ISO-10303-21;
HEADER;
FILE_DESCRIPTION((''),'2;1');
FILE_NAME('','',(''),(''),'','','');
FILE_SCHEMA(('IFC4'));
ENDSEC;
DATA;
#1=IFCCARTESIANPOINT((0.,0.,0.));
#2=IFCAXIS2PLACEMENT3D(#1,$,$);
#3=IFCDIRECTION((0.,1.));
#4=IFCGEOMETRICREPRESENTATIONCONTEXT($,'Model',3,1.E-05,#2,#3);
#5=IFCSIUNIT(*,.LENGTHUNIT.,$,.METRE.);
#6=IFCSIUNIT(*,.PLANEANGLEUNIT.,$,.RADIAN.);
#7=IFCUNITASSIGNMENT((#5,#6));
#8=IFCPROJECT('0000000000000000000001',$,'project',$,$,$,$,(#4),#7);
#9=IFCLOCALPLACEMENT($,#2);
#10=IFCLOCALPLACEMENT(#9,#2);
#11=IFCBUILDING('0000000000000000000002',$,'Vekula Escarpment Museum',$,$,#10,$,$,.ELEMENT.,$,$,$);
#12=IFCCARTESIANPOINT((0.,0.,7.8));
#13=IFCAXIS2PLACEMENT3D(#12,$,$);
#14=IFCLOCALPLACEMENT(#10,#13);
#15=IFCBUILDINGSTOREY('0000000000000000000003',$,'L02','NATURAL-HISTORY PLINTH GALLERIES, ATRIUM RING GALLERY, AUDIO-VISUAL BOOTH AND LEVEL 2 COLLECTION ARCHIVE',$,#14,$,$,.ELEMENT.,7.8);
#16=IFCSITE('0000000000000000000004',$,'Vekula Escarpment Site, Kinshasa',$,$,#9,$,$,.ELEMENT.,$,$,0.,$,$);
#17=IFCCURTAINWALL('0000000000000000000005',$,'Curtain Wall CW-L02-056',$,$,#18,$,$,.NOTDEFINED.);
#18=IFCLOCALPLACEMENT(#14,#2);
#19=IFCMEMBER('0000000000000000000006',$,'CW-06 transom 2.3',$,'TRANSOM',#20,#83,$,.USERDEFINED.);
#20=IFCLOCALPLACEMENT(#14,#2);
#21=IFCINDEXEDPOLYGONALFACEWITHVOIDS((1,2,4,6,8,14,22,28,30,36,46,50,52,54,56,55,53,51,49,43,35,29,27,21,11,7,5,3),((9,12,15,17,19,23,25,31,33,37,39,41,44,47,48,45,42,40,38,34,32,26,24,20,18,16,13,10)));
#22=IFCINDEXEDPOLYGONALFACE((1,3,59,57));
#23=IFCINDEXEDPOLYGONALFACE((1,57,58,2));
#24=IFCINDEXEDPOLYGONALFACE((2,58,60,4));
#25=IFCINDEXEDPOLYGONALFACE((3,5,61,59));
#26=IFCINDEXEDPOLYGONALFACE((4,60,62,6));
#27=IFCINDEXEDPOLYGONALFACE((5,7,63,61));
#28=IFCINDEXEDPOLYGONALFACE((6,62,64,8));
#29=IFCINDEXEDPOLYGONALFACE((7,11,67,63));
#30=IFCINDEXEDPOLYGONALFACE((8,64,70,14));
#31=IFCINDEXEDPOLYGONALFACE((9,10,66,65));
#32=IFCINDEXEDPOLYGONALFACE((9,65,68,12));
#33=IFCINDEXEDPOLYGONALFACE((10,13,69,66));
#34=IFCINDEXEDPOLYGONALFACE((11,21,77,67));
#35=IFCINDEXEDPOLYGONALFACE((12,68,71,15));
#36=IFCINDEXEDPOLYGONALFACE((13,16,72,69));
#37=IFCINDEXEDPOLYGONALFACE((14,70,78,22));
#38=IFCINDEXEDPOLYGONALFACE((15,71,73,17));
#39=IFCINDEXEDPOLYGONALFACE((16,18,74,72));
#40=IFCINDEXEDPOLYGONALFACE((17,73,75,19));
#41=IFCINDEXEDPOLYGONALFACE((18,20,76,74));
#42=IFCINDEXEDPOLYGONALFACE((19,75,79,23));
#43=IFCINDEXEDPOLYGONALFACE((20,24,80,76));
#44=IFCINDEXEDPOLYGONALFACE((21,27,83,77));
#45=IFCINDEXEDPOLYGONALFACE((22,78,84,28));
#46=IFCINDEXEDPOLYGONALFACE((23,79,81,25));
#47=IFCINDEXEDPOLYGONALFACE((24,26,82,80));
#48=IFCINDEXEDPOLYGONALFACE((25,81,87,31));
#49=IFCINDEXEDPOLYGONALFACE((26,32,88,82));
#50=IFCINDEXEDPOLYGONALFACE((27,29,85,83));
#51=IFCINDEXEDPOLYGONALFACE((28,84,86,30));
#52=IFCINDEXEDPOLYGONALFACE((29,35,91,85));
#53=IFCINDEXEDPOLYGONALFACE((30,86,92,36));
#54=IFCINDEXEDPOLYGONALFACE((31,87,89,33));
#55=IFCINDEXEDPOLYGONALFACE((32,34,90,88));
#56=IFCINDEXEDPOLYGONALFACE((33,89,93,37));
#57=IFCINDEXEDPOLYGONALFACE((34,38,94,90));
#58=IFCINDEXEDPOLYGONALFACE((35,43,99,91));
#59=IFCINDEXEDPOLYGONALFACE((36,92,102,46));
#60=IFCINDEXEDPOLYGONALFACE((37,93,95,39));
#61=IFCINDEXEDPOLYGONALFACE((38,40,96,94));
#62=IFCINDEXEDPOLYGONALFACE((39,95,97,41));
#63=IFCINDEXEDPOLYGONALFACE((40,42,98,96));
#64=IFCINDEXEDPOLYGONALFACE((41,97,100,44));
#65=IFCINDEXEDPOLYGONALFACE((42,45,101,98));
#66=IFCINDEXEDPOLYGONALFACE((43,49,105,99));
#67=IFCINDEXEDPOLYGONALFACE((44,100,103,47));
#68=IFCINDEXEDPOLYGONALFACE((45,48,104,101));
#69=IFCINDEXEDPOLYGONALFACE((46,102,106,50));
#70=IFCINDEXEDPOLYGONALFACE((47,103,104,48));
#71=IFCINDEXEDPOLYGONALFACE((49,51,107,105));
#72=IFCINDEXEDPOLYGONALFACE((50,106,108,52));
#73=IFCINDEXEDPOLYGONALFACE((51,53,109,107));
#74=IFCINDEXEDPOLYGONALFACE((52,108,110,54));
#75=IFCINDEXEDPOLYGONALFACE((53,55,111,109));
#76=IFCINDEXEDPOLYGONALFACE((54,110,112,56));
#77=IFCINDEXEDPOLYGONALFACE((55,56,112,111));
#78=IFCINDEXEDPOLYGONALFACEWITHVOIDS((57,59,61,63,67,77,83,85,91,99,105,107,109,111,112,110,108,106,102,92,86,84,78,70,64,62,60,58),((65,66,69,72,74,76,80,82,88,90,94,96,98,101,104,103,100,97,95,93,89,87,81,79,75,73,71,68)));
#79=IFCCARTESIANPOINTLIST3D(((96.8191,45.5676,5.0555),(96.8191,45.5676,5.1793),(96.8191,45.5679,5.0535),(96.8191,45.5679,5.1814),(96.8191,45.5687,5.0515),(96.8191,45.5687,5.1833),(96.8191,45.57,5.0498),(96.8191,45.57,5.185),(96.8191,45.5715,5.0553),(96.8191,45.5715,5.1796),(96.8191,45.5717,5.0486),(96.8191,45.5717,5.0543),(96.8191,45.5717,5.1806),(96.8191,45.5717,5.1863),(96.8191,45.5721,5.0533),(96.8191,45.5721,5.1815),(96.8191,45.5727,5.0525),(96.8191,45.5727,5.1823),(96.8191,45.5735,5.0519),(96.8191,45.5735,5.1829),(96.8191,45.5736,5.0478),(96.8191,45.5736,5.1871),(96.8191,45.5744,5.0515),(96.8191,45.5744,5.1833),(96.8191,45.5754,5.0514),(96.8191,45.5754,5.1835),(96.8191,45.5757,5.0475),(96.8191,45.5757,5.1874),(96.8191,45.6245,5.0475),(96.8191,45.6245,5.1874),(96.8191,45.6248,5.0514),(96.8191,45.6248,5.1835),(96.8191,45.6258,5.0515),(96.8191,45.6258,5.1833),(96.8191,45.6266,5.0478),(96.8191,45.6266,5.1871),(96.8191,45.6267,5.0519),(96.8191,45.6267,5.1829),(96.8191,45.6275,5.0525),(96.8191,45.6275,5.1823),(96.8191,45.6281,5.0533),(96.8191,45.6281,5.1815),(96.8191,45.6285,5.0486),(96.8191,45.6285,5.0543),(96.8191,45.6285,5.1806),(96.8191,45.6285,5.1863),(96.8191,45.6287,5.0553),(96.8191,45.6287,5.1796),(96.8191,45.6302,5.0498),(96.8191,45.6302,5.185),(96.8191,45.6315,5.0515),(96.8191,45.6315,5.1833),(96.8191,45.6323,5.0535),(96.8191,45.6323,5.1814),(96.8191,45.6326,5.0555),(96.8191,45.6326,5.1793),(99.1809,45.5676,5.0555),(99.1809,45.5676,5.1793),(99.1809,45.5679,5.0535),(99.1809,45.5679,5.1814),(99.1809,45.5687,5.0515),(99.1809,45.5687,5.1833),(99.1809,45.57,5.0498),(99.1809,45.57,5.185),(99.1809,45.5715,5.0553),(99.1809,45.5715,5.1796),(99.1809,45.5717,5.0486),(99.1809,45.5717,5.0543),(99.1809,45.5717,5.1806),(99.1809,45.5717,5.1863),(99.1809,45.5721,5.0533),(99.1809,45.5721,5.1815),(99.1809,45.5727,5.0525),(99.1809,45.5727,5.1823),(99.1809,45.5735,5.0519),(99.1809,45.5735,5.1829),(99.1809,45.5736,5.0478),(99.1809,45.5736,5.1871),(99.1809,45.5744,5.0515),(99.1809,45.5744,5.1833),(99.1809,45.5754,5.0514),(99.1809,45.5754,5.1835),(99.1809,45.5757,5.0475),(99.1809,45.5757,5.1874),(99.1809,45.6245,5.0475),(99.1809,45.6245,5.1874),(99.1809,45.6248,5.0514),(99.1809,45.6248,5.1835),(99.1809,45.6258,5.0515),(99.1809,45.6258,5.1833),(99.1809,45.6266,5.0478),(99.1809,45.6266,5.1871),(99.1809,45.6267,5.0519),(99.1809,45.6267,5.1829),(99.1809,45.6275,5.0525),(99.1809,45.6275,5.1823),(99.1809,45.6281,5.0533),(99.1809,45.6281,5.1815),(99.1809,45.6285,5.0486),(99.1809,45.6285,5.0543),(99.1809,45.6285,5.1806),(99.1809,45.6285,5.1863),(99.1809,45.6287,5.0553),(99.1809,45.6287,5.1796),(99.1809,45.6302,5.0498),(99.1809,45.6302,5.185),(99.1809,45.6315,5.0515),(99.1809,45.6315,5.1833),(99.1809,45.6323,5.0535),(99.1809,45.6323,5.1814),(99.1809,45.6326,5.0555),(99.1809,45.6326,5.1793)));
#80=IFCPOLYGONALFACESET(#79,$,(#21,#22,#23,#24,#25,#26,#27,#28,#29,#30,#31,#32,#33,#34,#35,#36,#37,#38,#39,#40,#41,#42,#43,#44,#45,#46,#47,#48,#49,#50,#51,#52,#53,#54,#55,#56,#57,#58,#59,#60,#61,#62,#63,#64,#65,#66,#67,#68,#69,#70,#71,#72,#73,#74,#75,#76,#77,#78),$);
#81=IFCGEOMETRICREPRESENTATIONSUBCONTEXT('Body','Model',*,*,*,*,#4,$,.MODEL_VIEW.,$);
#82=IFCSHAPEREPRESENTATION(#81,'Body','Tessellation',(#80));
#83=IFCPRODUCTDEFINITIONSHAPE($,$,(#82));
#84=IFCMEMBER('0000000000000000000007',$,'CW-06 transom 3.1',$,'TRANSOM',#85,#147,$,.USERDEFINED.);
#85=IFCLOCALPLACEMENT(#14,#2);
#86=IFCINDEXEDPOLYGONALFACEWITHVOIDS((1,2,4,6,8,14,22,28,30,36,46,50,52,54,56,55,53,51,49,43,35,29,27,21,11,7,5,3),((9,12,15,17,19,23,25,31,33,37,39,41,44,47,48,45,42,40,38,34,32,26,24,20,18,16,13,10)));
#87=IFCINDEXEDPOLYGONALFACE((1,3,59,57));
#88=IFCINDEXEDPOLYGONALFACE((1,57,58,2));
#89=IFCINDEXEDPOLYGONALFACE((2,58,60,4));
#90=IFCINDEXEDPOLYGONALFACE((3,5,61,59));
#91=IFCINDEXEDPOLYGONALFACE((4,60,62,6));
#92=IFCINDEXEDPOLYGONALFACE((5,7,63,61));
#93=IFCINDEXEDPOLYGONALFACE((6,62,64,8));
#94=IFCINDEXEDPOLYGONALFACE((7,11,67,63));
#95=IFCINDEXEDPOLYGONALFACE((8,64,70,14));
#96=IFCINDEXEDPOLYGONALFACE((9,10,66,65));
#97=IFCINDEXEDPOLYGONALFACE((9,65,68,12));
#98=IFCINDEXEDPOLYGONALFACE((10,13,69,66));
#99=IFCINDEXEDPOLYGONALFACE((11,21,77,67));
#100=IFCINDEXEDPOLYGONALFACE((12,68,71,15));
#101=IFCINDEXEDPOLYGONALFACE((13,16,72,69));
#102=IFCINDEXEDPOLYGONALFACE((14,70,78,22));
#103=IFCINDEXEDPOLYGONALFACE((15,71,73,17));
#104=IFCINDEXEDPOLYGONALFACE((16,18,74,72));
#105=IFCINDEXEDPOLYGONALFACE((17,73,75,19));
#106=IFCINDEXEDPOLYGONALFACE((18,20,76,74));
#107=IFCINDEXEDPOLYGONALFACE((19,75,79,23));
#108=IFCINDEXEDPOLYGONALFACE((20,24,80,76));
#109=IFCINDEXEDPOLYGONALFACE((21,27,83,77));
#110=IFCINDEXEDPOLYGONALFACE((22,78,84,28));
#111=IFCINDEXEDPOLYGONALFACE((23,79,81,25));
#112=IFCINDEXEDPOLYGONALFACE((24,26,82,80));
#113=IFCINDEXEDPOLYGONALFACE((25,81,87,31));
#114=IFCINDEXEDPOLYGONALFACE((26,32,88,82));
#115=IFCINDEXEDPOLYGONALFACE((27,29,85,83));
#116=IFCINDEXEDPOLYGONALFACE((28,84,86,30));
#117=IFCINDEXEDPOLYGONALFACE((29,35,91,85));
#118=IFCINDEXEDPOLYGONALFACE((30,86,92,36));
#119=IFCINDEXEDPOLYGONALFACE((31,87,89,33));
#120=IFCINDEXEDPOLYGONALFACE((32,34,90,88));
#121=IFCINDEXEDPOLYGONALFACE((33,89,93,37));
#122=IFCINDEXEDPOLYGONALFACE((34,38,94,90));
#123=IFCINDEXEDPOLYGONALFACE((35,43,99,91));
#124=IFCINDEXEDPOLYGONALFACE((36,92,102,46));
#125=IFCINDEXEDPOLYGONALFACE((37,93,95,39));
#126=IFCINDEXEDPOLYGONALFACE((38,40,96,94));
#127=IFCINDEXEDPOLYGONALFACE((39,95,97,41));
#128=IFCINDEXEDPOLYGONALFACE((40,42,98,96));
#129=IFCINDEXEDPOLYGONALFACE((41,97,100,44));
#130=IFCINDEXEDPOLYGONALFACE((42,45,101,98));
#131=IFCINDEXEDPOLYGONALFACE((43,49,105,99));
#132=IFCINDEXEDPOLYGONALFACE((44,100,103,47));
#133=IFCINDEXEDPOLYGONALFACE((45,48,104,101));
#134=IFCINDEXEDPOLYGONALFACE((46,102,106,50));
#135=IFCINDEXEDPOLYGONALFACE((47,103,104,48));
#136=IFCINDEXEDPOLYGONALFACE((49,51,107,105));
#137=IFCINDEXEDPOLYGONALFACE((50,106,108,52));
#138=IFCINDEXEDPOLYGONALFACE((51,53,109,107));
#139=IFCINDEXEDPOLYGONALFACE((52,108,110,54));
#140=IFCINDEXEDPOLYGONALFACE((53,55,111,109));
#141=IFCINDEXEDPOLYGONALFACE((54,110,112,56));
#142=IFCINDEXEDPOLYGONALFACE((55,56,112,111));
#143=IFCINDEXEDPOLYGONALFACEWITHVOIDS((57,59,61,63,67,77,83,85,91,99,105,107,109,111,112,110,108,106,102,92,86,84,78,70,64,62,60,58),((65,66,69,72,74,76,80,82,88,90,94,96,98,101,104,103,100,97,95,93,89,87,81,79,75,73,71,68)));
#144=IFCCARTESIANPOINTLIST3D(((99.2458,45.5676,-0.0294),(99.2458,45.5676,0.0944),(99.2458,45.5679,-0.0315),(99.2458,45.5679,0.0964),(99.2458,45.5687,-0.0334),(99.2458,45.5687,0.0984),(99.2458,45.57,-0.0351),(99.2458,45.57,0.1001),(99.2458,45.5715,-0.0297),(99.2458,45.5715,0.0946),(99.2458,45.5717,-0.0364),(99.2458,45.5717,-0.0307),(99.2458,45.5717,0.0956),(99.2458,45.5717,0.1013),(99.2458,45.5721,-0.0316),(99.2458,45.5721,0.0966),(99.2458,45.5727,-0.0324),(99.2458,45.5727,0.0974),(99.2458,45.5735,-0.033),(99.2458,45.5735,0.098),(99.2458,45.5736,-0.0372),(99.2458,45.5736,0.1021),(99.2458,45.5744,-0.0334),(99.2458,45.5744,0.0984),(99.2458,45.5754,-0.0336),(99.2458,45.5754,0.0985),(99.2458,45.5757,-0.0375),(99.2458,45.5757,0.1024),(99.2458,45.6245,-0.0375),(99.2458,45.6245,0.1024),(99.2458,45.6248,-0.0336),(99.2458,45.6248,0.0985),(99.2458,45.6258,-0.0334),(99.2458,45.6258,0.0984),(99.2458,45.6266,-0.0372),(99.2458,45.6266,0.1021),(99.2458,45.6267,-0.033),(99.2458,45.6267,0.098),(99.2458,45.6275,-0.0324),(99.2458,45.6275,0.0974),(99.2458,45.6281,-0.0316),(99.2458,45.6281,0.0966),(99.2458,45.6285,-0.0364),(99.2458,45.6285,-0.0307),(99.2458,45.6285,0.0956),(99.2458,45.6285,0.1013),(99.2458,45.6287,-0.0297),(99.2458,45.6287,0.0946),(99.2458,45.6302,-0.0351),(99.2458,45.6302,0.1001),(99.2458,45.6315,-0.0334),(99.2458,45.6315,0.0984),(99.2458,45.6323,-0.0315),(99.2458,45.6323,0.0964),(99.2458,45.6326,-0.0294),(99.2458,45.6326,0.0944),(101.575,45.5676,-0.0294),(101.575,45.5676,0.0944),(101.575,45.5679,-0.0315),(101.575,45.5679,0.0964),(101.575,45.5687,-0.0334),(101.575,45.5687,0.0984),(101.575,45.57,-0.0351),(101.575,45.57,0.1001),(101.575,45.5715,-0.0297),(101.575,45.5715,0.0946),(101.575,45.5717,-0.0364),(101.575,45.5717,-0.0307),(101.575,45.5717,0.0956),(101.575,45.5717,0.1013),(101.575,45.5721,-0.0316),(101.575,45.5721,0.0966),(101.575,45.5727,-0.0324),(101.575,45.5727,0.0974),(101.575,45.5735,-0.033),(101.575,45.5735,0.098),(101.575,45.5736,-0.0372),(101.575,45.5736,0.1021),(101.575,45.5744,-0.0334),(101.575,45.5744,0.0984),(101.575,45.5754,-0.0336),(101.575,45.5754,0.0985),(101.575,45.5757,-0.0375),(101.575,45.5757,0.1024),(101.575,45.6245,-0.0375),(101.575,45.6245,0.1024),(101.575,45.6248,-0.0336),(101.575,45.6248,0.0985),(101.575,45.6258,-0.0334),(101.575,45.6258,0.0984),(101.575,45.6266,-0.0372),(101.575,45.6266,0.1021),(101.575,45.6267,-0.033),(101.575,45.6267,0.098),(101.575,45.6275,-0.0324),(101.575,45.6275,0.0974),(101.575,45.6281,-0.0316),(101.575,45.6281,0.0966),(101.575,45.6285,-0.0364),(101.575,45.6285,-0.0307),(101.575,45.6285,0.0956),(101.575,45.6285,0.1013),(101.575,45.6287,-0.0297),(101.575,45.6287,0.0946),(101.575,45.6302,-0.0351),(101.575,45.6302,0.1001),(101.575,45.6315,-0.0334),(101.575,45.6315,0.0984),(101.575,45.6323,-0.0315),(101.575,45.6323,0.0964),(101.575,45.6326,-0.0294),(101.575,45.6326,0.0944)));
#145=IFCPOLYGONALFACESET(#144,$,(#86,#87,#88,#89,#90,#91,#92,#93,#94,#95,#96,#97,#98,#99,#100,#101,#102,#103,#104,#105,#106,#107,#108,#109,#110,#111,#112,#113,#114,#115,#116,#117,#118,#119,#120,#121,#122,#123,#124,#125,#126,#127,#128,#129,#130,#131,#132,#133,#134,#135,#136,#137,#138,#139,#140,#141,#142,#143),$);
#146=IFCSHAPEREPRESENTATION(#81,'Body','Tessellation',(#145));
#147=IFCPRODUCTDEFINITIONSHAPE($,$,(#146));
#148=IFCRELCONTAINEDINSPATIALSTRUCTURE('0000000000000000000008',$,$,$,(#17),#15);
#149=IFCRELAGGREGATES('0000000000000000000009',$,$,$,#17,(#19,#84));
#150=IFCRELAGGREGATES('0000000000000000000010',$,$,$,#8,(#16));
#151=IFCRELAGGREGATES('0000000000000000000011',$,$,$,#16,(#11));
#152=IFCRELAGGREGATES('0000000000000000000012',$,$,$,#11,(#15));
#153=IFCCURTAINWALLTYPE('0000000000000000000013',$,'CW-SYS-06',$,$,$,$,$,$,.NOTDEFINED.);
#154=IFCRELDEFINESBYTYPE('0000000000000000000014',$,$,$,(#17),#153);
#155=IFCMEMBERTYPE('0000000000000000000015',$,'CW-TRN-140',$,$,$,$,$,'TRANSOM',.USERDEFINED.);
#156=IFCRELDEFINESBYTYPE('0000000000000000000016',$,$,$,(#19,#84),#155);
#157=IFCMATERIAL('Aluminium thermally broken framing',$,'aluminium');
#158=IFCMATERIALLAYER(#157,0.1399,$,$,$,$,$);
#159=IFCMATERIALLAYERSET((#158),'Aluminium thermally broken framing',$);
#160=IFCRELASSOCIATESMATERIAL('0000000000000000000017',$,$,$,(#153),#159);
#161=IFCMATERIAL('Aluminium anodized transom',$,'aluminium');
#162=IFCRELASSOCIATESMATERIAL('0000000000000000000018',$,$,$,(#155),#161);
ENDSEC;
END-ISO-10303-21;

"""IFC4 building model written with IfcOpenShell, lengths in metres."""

from ifc_helpers import new_model, si_unit, direction, frame, origin, origin_2d, place, context, subcontext, project, spatial, hollow_rectangle, extrude, material, layer, layer_set, material_profile, profile_set, type_object, element, aggregate, save


model = new_model("IFC4")

# Units and contexts
model_context = context("Model", 3, precision=1e-05, world=origin(), true_north=direction((0.0, 1.0)))
body_context = subcontext(model_context, "Body", "Model", "MODEL_VIEW")
ifc_project = project(units=[si_unit("LENGTHUNIT", "METRE"), si_unit("PLANEANGLEUNIT", "RADIAN")], contexts=[model_context])

# Site, building, storey
site_placement = place(None, origin())
site = spatial("IfcSite", under=ifc_project, at=site_placement, Name="Vekula Escarpment Site, Kinshasa", CompositionType="ELEMENT", RefElevation=0.0)
building_placement = place(site_placement, origin())
building = spatial("IfcBuilding", under=site, at=building_placement, Name="Vekula Escarpment Museum", CompositionType="ELEMENT")
storey_placement = place(building_placement, frame((0.0, 0.0, 7.8)))
storey = spatial("IfcBuildingStorey", under=building, at=storey_placement, Name="L02", Description="NATURAL-HISTORY PLINTH GALLERIES, ATRIUM RING GALLERY, AUDIO-VISUAL BOOTH AND LEVEL 2 COLLECTION ARCHIVE", CompositionType="ELEMENT", Elevation=7.8)

# Curtain wall
ifc_material_1 = material(Name="Aluminium thermally broken framing", Category="aluminium")
ifc_layer_1 = layer(ifc_material_1, 0.1399)
ifc_layer_set_1 = layer_set([ifc_layer_1], Name="Aluminium thermally broken framing")
curtain_wall_type_1 = type_object("IfcCurtainWallType", Name="CW-SYS-06", PredefinedType="NOTDEFINED", material=ifc_layer_set_1)
curtain_wall_1_placement = place(storey_placement, origin())
curtain_wall_1 = element("IfcCurtainWall", 1, at=curtain_wall_1_placement, inside=storey, type_object=curtain_wall_type_1, Name="Curtain Wall CW-L02-056", PredefinedType="NOTDEFINED")

# Members
ifc_material_2 = material(Name="Aluminium anodized transom", Category="aluminium")
ifc_material_profile_1 = material_profile(ifc_material_2, hollow_rectangle(XDim=0.0649, YDim=0.1399, WallThickness=0.0039, InnerFilletRadius=0.0039, OuterFilletRadius=0.0081, at=origin_2d()), Name="ALU 140x65x4")
ifc_profile_set_1 = profile_set([ifc_material_profile_1], Name="Aluminium anodized transom")
member_type_1 = type_object("IfcMemberType", Name="CW-TRN-140", ElementType="TRANSOM", PredefinedType="USERDEFINED", material=ifc_profile_set_1)
member_1_placement = place(storey_placement, frame((96.8191, 45.6001, 5.1174), z_axis=(1.0, 0.0, 0.0), x_axis=(0.0, 1.0, 0.0)))
member_1 = element("IfcMember", 2, at=member_1_placement, type_object=member_type_1, Name="CW-06 transom 2.3", ObjectType="TRANSOM", PredefinedType="USERDEFINED", context=body_context, shape_type="SweptSolid", body=[
    extrude(hollow_rectangle(XDim=0.0649, YDim=0.1399, WallThickness=0.0039, InnerFilletRadius=0.0039, OuterFilletRadius=0.0081, at=origin_2d()), origin(), (0.0, 0.0, 1.0), 2.3618),
])
member_2_placement = place(storey_placement, frame((99.2458, 45.6001, 0.0325), z_axis=(1.0, 0.0, 0.0), x_axis=(0.0, 1.0, 0.0)))
member_2 = element("IfcMember", 3, at=member_2_placement, type_object=member_type_1, Name="CW-06 transom 3.1", ObjectType="TRANSOM", PredefinedType="USERDEFINED", context=body_context, shape_type="SweptSolid", body=[
    extrude(hollow_rectangle(XDim=0.0649, YDim=0.1399, WallThickness=0.0039, InnerFilletRadius=0.0039, OuterFilletRadius=0.0081, at=origin_2d()), origin(), (0.0, 0.0, 1.0), 2.3291),
])

aggregate(curtain_wall_1, [member_1, member_2])

save(model, "model.ifc")
